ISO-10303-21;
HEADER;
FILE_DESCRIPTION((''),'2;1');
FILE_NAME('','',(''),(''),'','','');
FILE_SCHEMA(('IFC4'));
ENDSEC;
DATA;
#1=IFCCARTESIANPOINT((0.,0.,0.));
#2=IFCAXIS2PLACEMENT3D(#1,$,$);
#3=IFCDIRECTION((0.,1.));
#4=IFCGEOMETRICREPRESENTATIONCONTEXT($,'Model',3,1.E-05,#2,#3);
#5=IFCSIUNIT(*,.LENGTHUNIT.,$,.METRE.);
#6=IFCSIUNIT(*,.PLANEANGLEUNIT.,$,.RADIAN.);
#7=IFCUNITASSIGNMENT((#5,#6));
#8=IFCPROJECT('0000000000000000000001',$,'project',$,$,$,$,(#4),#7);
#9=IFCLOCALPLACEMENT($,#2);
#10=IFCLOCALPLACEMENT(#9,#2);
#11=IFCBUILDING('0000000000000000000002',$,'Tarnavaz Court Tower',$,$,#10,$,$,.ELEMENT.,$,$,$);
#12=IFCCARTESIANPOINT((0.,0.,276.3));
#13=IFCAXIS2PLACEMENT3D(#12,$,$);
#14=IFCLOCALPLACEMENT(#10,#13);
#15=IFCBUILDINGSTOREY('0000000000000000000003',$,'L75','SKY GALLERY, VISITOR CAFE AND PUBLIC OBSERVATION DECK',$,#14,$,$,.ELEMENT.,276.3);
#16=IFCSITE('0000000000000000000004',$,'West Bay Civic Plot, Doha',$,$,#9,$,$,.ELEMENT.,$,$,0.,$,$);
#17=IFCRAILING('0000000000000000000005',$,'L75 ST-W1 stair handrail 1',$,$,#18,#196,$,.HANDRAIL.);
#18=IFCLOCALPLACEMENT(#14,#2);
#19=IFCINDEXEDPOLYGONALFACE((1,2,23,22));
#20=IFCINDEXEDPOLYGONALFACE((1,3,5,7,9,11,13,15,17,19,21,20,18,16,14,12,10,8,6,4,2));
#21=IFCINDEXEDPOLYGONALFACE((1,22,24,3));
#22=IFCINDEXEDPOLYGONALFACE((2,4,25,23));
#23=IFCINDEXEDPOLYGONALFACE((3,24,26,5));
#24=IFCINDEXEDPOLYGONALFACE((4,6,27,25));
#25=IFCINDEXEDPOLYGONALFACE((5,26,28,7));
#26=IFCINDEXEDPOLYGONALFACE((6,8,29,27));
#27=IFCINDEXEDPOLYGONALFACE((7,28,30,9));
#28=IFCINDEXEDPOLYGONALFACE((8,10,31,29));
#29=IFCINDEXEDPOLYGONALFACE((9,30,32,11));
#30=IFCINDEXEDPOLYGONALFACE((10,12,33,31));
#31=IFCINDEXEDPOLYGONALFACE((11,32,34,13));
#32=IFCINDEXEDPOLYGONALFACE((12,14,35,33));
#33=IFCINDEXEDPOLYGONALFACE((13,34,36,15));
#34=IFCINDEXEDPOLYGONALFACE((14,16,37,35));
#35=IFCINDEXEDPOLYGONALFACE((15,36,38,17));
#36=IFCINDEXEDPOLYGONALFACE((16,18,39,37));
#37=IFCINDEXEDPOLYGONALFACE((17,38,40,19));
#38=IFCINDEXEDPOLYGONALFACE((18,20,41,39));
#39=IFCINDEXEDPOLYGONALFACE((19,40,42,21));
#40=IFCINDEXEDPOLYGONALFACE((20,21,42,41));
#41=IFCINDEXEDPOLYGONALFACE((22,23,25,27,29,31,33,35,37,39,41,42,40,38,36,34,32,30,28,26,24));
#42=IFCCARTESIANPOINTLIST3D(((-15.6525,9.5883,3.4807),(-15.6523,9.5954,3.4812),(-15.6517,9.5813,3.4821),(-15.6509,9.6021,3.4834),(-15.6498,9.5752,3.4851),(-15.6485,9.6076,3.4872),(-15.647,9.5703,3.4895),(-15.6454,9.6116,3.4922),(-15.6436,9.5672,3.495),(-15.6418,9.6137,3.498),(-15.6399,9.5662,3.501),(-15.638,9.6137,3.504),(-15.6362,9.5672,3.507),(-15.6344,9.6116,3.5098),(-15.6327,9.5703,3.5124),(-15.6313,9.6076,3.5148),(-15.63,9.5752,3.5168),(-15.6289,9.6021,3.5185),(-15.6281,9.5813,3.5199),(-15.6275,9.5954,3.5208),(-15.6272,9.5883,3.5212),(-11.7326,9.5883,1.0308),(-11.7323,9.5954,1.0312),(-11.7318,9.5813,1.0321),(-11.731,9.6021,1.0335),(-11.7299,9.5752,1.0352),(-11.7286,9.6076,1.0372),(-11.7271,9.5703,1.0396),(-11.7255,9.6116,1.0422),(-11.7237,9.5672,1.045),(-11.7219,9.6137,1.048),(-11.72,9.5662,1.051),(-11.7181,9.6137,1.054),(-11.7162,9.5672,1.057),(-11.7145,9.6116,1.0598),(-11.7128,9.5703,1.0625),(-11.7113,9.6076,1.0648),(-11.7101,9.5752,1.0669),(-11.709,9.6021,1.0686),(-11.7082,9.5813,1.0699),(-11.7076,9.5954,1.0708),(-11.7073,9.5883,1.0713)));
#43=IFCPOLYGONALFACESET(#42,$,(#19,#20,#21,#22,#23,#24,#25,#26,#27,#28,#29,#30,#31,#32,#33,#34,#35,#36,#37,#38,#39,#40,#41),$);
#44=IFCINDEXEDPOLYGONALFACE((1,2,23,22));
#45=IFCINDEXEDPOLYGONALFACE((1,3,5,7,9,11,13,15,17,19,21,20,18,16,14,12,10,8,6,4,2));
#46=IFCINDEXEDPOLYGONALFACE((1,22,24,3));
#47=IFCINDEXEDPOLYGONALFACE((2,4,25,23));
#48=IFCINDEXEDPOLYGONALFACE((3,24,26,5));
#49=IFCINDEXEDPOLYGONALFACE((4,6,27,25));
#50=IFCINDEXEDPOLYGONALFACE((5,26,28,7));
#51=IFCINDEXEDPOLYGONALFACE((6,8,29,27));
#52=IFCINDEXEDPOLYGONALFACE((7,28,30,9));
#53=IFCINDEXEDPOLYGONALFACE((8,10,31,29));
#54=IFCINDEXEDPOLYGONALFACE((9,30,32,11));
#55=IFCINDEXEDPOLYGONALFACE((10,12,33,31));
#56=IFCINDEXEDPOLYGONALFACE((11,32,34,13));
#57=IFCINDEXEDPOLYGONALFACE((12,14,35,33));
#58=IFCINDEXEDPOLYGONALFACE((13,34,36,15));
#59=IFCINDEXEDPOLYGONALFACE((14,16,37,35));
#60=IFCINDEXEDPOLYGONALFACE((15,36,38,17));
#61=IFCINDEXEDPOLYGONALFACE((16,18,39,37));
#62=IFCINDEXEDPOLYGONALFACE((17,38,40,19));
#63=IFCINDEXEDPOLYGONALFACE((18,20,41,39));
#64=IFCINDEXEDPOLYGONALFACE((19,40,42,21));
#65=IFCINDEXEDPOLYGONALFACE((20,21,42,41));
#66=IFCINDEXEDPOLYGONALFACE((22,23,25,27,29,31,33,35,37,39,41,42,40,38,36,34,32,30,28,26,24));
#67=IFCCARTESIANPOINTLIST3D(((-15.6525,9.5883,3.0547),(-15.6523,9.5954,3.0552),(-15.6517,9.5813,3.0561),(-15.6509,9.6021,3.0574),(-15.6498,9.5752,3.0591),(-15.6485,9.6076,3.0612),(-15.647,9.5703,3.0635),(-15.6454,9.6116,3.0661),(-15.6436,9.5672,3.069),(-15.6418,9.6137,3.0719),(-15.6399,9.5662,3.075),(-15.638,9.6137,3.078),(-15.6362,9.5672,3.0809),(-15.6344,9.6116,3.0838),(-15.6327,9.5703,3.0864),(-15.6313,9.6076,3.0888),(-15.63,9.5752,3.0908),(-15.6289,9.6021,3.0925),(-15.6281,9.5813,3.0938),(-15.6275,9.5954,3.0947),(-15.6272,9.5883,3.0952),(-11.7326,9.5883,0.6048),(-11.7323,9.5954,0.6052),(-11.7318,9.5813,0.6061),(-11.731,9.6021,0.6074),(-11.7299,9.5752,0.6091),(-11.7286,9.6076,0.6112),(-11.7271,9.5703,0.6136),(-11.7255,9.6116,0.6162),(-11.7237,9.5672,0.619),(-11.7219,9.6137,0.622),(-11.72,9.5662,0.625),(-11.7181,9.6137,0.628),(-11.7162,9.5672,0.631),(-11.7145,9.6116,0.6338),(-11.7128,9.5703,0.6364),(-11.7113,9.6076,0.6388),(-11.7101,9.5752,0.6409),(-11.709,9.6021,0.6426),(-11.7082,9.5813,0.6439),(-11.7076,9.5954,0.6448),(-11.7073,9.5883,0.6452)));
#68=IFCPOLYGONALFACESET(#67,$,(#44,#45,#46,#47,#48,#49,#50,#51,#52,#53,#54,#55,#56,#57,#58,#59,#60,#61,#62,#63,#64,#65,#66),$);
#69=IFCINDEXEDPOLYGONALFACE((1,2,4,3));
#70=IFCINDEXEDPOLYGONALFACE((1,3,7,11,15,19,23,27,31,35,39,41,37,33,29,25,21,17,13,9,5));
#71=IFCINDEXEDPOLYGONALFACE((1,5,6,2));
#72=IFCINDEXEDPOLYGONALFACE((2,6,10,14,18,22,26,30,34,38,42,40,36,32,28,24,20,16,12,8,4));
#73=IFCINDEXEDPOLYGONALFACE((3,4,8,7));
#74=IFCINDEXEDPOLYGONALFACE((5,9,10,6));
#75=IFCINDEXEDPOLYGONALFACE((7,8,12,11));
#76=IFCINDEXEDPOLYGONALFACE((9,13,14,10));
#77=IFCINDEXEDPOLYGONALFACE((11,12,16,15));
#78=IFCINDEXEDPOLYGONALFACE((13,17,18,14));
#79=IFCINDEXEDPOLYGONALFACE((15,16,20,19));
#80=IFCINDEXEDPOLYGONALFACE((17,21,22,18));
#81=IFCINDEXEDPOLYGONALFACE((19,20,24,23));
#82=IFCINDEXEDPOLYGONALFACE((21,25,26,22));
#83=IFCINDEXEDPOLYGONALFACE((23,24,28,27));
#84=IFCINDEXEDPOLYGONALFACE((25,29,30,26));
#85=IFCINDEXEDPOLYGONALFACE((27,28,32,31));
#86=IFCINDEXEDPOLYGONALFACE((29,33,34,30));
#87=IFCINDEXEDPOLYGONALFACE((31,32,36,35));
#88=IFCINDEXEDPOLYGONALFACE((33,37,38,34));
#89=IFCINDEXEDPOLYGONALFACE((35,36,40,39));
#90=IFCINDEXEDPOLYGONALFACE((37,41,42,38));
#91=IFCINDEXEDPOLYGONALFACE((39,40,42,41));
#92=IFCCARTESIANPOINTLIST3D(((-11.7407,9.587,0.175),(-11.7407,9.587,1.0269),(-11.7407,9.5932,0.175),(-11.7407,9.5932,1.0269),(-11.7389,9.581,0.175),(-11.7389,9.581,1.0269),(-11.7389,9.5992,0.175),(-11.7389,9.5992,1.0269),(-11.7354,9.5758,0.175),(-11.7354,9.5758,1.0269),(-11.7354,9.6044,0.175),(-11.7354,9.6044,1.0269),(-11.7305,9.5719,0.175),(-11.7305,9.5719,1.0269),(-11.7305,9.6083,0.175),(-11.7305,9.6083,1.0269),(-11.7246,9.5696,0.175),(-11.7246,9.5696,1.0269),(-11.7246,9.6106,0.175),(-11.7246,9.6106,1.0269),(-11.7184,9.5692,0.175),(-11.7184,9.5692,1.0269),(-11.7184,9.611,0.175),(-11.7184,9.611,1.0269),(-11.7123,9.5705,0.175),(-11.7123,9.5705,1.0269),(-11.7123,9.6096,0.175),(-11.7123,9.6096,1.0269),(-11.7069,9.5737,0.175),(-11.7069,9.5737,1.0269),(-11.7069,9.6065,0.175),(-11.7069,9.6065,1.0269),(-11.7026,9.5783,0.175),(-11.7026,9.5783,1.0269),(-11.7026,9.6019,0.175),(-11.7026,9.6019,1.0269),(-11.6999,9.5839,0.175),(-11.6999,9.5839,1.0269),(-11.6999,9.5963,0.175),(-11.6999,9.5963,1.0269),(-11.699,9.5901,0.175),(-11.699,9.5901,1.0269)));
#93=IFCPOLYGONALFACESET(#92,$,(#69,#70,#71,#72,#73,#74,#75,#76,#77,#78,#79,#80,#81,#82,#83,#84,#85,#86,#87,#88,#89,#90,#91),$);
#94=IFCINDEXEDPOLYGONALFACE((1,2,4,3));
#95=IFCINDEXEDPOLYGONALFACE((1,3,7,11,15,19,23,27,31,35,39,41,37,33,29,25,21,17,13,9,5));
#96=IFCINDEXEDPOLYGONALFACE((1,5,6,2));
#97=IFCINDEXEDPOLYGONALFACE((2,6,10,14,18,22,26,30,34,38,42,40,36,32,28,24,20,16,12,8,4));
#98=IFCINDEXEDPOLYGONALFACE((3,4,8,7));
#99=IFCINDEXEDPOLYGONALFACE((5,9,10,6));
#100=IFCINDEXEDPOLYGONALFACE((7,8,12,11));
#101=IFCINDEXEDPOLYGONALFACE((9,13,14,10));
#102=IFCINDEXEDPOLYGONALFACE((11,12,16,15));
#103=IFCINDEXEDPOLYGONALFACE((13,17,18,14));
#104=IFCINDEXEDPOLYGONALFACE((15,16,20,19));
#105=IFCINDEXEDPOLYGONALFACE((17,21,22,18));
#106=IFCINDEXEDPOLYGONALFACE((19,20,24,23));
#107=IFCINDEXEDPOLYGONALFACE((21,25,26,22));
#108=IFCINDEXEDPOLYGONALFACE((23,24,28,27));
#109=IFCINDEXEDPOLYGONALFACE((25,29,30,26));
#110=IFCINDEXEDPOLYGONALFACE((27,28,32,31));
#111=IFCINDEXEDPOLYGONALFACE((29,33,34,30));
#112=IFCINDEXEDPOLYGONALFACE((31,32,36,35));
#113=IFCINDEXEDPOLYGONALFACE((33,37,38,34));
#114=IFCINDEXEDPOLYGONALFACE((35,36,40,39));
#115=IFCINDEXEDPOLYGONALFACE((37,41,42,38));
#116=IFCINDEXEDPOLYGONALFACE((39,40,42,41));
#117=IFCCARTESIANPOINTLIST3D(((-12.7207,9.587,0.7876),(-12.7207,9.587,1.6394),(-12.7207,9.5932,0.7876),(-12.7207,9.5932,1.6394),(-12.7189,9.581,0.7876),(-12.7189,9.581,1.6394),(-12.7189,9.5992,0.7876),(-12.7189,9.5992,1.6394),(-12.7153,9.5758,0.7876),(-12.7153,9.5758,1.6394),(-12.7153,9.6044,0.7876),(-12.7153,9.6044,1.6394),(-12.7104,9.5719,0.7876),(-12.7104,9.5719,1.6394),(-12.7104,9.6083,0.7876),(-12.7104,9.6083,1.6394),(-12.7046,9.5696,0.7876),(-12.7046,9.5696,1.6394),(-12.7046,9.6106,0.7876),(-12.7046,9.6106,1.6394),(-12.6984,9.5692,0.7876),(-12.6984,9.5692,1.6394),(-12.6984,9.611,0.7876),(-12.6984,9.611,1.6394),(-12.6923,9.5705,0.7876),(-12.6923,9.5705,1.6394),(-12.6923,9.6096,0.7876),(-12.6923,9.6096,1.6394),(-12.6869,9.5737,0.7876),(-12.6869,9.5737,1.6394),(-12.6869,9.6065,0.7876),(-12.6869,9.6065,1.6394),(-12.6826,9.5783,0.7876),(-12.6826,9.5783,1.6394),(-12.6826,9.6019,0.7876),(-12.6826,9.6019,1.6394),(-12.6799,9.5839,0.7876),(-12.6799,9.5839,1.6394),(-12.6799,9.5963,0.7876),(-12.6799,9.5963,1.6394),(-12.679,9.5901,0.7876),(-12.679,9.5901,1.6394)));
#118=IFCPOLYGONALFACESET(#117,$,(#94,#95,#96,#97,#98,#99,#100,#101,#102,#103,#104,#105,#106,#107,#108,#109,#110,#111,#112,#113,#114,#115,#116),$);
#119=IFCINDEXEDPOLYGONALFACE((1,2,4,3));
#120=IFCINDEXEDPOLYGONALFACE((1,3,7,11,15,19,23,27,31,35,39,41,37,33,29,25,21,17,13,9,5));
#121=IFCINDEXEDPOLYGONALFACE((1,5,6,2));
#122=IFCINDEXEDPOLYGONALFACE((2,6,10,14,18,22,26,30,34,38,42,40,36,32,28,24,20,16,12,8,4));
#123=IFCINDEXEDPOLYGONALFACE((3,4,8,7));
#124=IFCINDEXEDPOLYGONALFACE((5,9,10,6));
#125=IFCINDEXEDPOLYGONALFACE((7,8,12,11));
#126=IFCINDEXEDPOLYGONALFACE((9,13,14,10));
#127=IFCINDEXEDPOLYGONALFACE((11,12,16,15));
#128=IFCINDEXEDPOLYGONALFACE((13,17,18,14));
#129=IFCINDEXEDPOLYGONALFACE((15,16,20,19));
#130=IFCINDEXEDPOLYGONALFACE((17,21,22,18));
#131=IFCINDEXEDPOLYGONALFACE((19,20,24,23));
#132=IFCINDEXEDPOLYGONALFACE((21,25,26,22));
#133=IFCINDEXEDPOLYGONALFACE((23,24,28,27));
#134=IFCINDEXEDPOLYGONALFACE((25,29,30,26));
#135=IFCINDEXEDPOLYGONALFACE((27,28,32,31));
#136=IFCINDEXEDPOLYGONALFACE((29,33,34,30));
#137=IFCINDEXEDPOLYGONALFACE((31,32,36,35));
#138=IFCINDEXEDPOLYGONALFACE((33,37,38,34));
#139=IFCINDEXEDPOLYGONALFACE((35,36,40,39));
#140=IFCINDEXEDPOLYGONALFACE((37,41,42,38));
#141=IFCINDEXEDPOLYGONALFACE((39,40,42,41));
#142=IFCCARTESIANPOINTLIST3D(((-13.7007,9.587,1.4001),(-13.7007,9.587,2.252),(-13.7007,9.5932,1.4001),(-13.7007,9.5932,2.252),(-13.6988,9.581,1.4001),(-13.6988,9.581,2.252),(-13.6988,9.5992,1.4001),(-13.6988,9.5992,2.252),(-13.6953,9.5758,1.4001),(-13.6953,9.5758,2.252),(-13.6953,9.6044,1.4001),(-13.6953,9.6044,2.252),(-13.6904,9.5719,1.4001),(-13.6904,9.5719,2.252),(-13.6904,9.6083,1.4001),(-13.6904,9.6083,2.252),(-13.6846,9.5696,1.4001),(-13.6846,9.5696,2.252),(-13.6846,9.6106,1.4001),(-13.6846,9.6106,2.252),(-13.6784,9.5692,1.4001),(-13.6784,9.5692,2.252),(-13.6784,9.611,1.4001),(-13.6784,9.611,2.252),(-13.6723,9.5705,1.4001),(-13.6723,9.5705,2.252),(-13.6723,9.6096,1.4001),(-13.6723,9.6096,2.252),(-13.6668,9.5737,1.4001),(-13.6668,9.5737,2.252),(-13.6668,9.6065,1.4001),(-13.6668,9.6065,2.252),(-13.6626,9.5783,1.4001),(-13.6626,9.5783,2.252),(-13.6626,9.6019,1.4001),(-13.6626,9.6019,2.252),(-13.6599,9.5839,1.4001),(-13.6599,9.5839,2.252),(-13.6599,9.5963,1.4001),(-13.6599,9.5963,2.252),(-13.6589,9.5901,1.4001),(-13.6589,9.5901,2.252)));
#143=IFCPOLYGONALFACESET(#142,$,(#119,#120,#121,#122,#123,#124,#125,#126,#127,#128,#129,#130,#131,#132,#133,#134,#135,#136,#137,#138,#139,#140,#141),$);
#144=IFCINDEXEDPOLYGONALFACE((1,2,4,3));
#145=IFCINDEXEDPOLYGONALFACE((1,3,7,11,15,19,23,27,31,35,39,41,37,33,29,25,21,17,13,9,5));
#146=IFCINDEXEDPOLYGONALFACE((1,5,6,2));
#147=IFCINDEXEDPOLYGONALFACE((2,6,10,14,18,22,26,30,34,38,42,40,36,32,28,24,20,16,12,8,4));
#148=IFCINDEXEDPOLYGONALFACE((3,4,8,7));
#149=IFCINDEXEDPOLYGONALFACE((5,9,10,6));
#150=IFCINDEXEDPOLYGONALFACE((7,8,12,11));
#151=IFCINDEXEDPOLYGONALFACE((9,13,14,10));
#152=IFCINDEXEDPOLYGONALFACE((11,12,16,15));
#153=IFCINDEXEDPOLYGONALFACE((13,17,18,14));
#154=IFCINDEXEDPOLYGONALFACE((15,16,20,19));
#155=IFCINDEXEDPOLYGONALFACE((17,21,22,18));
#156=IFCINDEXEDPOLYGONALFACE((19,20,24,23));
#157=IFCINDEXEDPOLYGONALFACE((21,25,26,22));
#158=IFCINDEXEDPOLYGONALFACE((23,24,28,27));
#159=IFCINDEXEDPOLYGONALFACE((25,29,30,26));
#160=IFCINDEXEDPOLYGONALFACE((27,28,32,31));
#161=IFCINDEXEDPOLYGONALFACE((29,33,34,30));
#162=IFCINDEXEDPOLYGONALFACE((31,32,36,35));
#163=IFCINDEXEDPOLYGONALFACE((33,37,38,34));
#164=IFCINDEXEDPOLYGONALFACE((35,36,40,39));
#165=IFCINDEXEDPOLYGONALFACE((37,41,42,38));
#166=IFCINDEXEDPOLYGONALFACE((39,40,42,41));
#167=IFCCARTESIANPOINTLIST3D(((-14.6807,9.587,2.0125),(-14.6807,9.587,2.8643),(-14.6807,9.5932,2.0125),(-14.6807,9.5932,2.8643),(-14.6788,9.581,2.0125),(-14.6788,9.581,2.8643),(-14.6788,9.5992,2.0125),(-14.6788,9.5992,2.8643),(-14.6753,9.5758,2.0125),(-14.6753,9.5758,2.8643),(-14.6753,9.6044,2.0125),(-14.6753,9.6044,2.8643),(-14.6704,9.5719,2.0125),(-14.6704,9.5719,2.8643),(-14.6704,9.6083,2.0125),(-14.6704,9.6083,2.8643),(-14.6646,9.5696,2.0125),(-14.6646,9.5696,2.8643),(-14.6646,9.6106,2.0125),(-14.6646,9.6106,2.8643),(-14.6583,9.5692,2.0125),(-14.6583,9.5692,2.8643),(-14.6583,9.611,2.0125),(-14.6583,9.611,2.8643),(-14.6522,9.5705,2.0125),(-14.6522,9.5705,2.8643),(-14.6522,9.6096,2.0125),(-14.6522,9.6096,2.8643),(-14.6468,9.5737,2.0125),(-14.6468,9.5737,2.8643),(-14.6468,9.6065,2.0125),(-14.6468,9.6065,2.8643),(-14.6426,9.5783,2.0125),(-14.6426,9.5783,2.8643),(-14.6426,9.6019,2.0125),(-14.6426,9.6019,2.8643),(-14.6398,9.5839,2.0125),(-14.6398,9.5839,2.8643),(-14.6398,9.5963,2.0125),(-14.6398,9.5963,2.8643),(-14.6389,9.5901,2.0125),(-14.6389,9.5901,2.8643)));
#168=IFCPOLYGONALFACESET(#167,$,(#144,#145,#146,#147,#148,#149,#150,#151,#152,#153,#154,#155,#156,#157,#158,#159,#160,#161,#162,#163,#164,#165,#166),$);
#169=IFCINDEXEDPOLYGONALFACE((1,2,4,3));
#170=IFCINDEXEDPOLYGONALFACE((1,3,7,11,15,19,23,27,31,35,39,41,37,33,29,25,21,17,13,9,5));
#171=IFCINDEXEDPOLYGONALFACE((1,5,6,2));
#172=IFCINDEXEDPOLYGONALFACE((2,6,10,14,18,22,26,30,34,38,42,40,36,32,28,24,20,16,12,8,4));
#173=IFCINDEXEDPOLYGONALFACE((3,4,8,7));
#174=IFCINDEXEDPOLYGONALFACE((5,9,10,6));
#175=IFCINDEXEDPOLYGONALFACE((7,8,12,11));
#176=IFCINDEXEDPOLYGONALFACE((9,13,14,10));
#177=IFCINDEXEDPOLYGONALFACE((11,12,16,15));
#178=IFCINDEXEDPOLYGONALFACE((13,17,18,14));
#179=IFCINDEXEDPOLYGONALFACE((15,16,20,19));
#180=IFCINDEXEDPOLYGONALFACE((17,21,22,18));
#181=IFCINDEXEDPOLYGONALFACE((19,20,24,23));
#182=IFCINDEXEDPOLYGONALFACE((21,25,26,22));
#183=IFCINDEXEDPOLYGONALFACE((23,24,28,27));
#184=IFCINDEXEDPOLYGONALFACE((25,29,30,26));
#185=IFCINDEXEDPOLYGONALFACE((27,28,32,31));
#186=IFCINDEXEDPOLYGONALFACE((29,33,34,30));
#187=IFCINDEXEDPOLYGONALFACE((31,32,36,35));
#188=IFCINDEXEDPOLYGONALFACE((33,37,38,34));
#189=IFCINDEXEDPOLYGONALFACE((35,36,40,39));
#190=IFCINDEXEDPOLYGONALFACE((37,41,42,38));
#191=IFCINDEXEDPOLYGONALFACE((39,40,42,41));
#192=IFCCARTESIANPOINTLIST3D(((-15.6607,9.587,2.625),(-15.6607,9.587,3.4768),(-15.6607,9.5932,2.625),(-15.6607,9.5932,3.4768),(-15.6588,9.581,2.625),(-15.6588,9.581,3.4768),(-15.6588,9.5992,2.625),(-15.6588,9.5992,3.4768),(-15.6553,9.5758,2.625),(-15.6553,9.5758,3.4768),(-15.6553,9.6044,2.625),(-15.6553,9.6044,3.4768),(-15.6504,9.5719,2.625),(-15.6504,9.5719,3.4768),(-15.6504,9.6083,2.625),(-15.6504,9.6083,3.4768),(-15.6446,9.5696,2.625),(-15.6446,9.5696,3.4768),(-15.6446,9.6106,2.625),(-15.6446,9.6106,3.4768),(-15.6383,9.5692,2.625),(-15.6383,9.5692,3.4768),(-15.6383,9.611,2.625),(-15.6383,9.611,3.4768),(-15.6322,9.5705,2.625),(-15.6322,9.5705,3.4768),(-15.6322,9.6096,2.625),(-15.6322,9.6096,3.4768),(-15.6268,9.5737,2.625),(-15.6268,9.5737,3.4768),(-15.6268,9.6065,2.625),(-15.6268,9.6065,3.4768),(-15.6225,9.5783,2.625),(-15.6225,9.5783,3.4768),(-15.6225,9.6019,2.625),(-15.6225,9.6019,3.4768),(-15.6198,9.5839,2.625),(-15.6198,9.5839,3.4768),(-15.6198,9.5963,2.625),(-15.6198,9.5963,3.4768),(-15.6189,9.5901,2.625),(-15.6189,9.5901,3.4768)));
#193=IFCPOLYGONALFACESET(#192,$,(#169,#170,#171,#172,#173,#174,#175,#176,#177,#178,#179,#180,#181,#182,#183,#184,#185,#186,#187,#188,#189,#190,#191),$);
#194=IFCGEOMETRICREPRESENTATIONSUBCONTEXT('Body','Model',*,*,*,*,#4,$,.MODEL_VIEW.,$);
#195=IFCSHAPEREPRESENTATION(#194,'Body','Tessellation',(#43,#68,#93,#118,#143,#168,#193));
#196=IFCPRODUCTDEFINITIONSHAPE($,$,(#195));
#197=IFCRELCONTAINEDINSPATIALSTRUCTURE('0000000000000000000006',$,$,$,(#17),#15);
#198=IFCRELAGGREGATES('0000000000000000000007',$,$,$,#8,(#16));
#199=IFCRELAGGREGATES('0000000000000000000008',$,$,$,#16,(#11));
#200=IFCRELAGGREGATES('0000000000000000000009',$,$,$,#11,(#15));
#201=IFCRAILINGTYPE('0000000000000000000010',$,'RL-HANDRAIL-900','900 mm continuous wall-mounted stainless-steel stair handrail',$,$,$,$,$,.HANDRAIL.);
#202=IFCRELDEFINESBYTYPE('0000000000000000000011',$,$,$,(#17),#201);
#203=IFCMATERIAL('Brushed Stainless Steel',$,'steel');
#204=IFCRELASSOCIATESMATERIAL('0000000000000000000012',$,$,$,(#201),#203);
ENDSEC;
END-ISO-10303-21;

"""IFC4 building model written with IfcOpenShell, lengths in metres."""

from ifc_helpers import new_model, si_unit, direction, frame, origin, origin_2d, place, context, subcontext, project, spatial, circle, extrude, material, type_object, element, save


model = new_model("IFC4")

# Units and contexts
model_context = context("Model", 3, precision=1e-05, world=origin(), true_north=direction((0.0, 1.0)))
body_context = subcontext(model_context, "Body", "Model", "MODEL_VIEW")
ifc_project = project(units=[si_unit("LENGTHUNIT", "METRE"), si_unit("PLANEANGLEUNIT", "RADIAN")], contexts=[model_context])

# Site, building, storey
site_placement = place(None, origin())
site = spatial("IfcSite", under=ifc_project, at=site_placement, Name="West Bay Civic Plot, Doha", CompositionType="ELEMENT", RefElevation=0.0)
building_placement = place(site_placement, origin())
building = spatial("IfcBuilding", under=site, at=building_placement, Name="Tarnavaz Court Tower", CompositionType="ELEMENT")
storey_placement = place(building_placement, frame((0.0, 0.0, 276.3)))
storey = spatial("IfcBuildingStorey", under=building, at=storey_placement, Name="L75", Description="SKY GALLERY, VISITOR CAFE AND PUBLIC OBSERVATION DECK", CompositionType="ELEMENT", Elevation=276.3)

# Railing
ifc_material_1 = material(Name="Brushed Stainless Steel", Category="steel")
railing_type_1 = type_object("IfcRailingType", Name="RL-HANDRAIL-900", Description="900 mm continuous wall-mounted stainless-steel stair handrail", PredefinedType="HANDRAIL", material=ifc_material_1)
railing_1_placement = place(storey_placement, frame((-11.72, 9.5901, 0.175)))
element("IfcRailing", 1, at=railing_1_placement, inside=storey, type_object=railing_type_1, Name="L75 ST-W1 stair handrail 1", PredefinedType="HANDRAIL", context=body_context, shape_type="SweptSolid", body=[
    extrude(circle(Radius=0.0239, at=origin_2d()), frame((0.0, 0.0, 0.876), z_axis=(-0.847998, 0.0, 0.529999), x_axis=(0.0, -1.0, 0.0)), (0.0, 0.0, 1.0), 4.6226),
    extrude(circle(Radius=0.0239, at=origin_2d()), frame((0.0, 0.0, 0.45), z_axis=(-0.847998, 0.0, 0.529999), x_axis=(0.0, -1.0, 0.0)), (0.0, 0.0, 1.0), 4.6226),
    extrude(circle(Radius=0.021, at=origin_2d()), origin(), (0.0, 0.0, 1.0), 0.8518),
    extrude(circle(Radius=0.021, at=origin_2d()), frame((-0.98, 0.0, 0.6125)), (0.0, 0.0, 1.0), 0.8518),
    extrude(circle(Radius=0.021, at=origin_2d()), frame((-1.96, 0.0, 1.2251)), (0.0, 0.0, 1.0), 0.8518),
    extrude(circle(Radius=0.021, at=origin_2d()), frame((-2.9399, 0.0, 1.8374)), (0.0, 0.0, 1.0), 0.8518),
    extrude(circle(Radius=0.021, at=origin_2d()), frame((-3.9199, 0.0, 2.45)), (0.0, 0.0, 1.0), 0.8518),
])

save(model, "model.ifc")
